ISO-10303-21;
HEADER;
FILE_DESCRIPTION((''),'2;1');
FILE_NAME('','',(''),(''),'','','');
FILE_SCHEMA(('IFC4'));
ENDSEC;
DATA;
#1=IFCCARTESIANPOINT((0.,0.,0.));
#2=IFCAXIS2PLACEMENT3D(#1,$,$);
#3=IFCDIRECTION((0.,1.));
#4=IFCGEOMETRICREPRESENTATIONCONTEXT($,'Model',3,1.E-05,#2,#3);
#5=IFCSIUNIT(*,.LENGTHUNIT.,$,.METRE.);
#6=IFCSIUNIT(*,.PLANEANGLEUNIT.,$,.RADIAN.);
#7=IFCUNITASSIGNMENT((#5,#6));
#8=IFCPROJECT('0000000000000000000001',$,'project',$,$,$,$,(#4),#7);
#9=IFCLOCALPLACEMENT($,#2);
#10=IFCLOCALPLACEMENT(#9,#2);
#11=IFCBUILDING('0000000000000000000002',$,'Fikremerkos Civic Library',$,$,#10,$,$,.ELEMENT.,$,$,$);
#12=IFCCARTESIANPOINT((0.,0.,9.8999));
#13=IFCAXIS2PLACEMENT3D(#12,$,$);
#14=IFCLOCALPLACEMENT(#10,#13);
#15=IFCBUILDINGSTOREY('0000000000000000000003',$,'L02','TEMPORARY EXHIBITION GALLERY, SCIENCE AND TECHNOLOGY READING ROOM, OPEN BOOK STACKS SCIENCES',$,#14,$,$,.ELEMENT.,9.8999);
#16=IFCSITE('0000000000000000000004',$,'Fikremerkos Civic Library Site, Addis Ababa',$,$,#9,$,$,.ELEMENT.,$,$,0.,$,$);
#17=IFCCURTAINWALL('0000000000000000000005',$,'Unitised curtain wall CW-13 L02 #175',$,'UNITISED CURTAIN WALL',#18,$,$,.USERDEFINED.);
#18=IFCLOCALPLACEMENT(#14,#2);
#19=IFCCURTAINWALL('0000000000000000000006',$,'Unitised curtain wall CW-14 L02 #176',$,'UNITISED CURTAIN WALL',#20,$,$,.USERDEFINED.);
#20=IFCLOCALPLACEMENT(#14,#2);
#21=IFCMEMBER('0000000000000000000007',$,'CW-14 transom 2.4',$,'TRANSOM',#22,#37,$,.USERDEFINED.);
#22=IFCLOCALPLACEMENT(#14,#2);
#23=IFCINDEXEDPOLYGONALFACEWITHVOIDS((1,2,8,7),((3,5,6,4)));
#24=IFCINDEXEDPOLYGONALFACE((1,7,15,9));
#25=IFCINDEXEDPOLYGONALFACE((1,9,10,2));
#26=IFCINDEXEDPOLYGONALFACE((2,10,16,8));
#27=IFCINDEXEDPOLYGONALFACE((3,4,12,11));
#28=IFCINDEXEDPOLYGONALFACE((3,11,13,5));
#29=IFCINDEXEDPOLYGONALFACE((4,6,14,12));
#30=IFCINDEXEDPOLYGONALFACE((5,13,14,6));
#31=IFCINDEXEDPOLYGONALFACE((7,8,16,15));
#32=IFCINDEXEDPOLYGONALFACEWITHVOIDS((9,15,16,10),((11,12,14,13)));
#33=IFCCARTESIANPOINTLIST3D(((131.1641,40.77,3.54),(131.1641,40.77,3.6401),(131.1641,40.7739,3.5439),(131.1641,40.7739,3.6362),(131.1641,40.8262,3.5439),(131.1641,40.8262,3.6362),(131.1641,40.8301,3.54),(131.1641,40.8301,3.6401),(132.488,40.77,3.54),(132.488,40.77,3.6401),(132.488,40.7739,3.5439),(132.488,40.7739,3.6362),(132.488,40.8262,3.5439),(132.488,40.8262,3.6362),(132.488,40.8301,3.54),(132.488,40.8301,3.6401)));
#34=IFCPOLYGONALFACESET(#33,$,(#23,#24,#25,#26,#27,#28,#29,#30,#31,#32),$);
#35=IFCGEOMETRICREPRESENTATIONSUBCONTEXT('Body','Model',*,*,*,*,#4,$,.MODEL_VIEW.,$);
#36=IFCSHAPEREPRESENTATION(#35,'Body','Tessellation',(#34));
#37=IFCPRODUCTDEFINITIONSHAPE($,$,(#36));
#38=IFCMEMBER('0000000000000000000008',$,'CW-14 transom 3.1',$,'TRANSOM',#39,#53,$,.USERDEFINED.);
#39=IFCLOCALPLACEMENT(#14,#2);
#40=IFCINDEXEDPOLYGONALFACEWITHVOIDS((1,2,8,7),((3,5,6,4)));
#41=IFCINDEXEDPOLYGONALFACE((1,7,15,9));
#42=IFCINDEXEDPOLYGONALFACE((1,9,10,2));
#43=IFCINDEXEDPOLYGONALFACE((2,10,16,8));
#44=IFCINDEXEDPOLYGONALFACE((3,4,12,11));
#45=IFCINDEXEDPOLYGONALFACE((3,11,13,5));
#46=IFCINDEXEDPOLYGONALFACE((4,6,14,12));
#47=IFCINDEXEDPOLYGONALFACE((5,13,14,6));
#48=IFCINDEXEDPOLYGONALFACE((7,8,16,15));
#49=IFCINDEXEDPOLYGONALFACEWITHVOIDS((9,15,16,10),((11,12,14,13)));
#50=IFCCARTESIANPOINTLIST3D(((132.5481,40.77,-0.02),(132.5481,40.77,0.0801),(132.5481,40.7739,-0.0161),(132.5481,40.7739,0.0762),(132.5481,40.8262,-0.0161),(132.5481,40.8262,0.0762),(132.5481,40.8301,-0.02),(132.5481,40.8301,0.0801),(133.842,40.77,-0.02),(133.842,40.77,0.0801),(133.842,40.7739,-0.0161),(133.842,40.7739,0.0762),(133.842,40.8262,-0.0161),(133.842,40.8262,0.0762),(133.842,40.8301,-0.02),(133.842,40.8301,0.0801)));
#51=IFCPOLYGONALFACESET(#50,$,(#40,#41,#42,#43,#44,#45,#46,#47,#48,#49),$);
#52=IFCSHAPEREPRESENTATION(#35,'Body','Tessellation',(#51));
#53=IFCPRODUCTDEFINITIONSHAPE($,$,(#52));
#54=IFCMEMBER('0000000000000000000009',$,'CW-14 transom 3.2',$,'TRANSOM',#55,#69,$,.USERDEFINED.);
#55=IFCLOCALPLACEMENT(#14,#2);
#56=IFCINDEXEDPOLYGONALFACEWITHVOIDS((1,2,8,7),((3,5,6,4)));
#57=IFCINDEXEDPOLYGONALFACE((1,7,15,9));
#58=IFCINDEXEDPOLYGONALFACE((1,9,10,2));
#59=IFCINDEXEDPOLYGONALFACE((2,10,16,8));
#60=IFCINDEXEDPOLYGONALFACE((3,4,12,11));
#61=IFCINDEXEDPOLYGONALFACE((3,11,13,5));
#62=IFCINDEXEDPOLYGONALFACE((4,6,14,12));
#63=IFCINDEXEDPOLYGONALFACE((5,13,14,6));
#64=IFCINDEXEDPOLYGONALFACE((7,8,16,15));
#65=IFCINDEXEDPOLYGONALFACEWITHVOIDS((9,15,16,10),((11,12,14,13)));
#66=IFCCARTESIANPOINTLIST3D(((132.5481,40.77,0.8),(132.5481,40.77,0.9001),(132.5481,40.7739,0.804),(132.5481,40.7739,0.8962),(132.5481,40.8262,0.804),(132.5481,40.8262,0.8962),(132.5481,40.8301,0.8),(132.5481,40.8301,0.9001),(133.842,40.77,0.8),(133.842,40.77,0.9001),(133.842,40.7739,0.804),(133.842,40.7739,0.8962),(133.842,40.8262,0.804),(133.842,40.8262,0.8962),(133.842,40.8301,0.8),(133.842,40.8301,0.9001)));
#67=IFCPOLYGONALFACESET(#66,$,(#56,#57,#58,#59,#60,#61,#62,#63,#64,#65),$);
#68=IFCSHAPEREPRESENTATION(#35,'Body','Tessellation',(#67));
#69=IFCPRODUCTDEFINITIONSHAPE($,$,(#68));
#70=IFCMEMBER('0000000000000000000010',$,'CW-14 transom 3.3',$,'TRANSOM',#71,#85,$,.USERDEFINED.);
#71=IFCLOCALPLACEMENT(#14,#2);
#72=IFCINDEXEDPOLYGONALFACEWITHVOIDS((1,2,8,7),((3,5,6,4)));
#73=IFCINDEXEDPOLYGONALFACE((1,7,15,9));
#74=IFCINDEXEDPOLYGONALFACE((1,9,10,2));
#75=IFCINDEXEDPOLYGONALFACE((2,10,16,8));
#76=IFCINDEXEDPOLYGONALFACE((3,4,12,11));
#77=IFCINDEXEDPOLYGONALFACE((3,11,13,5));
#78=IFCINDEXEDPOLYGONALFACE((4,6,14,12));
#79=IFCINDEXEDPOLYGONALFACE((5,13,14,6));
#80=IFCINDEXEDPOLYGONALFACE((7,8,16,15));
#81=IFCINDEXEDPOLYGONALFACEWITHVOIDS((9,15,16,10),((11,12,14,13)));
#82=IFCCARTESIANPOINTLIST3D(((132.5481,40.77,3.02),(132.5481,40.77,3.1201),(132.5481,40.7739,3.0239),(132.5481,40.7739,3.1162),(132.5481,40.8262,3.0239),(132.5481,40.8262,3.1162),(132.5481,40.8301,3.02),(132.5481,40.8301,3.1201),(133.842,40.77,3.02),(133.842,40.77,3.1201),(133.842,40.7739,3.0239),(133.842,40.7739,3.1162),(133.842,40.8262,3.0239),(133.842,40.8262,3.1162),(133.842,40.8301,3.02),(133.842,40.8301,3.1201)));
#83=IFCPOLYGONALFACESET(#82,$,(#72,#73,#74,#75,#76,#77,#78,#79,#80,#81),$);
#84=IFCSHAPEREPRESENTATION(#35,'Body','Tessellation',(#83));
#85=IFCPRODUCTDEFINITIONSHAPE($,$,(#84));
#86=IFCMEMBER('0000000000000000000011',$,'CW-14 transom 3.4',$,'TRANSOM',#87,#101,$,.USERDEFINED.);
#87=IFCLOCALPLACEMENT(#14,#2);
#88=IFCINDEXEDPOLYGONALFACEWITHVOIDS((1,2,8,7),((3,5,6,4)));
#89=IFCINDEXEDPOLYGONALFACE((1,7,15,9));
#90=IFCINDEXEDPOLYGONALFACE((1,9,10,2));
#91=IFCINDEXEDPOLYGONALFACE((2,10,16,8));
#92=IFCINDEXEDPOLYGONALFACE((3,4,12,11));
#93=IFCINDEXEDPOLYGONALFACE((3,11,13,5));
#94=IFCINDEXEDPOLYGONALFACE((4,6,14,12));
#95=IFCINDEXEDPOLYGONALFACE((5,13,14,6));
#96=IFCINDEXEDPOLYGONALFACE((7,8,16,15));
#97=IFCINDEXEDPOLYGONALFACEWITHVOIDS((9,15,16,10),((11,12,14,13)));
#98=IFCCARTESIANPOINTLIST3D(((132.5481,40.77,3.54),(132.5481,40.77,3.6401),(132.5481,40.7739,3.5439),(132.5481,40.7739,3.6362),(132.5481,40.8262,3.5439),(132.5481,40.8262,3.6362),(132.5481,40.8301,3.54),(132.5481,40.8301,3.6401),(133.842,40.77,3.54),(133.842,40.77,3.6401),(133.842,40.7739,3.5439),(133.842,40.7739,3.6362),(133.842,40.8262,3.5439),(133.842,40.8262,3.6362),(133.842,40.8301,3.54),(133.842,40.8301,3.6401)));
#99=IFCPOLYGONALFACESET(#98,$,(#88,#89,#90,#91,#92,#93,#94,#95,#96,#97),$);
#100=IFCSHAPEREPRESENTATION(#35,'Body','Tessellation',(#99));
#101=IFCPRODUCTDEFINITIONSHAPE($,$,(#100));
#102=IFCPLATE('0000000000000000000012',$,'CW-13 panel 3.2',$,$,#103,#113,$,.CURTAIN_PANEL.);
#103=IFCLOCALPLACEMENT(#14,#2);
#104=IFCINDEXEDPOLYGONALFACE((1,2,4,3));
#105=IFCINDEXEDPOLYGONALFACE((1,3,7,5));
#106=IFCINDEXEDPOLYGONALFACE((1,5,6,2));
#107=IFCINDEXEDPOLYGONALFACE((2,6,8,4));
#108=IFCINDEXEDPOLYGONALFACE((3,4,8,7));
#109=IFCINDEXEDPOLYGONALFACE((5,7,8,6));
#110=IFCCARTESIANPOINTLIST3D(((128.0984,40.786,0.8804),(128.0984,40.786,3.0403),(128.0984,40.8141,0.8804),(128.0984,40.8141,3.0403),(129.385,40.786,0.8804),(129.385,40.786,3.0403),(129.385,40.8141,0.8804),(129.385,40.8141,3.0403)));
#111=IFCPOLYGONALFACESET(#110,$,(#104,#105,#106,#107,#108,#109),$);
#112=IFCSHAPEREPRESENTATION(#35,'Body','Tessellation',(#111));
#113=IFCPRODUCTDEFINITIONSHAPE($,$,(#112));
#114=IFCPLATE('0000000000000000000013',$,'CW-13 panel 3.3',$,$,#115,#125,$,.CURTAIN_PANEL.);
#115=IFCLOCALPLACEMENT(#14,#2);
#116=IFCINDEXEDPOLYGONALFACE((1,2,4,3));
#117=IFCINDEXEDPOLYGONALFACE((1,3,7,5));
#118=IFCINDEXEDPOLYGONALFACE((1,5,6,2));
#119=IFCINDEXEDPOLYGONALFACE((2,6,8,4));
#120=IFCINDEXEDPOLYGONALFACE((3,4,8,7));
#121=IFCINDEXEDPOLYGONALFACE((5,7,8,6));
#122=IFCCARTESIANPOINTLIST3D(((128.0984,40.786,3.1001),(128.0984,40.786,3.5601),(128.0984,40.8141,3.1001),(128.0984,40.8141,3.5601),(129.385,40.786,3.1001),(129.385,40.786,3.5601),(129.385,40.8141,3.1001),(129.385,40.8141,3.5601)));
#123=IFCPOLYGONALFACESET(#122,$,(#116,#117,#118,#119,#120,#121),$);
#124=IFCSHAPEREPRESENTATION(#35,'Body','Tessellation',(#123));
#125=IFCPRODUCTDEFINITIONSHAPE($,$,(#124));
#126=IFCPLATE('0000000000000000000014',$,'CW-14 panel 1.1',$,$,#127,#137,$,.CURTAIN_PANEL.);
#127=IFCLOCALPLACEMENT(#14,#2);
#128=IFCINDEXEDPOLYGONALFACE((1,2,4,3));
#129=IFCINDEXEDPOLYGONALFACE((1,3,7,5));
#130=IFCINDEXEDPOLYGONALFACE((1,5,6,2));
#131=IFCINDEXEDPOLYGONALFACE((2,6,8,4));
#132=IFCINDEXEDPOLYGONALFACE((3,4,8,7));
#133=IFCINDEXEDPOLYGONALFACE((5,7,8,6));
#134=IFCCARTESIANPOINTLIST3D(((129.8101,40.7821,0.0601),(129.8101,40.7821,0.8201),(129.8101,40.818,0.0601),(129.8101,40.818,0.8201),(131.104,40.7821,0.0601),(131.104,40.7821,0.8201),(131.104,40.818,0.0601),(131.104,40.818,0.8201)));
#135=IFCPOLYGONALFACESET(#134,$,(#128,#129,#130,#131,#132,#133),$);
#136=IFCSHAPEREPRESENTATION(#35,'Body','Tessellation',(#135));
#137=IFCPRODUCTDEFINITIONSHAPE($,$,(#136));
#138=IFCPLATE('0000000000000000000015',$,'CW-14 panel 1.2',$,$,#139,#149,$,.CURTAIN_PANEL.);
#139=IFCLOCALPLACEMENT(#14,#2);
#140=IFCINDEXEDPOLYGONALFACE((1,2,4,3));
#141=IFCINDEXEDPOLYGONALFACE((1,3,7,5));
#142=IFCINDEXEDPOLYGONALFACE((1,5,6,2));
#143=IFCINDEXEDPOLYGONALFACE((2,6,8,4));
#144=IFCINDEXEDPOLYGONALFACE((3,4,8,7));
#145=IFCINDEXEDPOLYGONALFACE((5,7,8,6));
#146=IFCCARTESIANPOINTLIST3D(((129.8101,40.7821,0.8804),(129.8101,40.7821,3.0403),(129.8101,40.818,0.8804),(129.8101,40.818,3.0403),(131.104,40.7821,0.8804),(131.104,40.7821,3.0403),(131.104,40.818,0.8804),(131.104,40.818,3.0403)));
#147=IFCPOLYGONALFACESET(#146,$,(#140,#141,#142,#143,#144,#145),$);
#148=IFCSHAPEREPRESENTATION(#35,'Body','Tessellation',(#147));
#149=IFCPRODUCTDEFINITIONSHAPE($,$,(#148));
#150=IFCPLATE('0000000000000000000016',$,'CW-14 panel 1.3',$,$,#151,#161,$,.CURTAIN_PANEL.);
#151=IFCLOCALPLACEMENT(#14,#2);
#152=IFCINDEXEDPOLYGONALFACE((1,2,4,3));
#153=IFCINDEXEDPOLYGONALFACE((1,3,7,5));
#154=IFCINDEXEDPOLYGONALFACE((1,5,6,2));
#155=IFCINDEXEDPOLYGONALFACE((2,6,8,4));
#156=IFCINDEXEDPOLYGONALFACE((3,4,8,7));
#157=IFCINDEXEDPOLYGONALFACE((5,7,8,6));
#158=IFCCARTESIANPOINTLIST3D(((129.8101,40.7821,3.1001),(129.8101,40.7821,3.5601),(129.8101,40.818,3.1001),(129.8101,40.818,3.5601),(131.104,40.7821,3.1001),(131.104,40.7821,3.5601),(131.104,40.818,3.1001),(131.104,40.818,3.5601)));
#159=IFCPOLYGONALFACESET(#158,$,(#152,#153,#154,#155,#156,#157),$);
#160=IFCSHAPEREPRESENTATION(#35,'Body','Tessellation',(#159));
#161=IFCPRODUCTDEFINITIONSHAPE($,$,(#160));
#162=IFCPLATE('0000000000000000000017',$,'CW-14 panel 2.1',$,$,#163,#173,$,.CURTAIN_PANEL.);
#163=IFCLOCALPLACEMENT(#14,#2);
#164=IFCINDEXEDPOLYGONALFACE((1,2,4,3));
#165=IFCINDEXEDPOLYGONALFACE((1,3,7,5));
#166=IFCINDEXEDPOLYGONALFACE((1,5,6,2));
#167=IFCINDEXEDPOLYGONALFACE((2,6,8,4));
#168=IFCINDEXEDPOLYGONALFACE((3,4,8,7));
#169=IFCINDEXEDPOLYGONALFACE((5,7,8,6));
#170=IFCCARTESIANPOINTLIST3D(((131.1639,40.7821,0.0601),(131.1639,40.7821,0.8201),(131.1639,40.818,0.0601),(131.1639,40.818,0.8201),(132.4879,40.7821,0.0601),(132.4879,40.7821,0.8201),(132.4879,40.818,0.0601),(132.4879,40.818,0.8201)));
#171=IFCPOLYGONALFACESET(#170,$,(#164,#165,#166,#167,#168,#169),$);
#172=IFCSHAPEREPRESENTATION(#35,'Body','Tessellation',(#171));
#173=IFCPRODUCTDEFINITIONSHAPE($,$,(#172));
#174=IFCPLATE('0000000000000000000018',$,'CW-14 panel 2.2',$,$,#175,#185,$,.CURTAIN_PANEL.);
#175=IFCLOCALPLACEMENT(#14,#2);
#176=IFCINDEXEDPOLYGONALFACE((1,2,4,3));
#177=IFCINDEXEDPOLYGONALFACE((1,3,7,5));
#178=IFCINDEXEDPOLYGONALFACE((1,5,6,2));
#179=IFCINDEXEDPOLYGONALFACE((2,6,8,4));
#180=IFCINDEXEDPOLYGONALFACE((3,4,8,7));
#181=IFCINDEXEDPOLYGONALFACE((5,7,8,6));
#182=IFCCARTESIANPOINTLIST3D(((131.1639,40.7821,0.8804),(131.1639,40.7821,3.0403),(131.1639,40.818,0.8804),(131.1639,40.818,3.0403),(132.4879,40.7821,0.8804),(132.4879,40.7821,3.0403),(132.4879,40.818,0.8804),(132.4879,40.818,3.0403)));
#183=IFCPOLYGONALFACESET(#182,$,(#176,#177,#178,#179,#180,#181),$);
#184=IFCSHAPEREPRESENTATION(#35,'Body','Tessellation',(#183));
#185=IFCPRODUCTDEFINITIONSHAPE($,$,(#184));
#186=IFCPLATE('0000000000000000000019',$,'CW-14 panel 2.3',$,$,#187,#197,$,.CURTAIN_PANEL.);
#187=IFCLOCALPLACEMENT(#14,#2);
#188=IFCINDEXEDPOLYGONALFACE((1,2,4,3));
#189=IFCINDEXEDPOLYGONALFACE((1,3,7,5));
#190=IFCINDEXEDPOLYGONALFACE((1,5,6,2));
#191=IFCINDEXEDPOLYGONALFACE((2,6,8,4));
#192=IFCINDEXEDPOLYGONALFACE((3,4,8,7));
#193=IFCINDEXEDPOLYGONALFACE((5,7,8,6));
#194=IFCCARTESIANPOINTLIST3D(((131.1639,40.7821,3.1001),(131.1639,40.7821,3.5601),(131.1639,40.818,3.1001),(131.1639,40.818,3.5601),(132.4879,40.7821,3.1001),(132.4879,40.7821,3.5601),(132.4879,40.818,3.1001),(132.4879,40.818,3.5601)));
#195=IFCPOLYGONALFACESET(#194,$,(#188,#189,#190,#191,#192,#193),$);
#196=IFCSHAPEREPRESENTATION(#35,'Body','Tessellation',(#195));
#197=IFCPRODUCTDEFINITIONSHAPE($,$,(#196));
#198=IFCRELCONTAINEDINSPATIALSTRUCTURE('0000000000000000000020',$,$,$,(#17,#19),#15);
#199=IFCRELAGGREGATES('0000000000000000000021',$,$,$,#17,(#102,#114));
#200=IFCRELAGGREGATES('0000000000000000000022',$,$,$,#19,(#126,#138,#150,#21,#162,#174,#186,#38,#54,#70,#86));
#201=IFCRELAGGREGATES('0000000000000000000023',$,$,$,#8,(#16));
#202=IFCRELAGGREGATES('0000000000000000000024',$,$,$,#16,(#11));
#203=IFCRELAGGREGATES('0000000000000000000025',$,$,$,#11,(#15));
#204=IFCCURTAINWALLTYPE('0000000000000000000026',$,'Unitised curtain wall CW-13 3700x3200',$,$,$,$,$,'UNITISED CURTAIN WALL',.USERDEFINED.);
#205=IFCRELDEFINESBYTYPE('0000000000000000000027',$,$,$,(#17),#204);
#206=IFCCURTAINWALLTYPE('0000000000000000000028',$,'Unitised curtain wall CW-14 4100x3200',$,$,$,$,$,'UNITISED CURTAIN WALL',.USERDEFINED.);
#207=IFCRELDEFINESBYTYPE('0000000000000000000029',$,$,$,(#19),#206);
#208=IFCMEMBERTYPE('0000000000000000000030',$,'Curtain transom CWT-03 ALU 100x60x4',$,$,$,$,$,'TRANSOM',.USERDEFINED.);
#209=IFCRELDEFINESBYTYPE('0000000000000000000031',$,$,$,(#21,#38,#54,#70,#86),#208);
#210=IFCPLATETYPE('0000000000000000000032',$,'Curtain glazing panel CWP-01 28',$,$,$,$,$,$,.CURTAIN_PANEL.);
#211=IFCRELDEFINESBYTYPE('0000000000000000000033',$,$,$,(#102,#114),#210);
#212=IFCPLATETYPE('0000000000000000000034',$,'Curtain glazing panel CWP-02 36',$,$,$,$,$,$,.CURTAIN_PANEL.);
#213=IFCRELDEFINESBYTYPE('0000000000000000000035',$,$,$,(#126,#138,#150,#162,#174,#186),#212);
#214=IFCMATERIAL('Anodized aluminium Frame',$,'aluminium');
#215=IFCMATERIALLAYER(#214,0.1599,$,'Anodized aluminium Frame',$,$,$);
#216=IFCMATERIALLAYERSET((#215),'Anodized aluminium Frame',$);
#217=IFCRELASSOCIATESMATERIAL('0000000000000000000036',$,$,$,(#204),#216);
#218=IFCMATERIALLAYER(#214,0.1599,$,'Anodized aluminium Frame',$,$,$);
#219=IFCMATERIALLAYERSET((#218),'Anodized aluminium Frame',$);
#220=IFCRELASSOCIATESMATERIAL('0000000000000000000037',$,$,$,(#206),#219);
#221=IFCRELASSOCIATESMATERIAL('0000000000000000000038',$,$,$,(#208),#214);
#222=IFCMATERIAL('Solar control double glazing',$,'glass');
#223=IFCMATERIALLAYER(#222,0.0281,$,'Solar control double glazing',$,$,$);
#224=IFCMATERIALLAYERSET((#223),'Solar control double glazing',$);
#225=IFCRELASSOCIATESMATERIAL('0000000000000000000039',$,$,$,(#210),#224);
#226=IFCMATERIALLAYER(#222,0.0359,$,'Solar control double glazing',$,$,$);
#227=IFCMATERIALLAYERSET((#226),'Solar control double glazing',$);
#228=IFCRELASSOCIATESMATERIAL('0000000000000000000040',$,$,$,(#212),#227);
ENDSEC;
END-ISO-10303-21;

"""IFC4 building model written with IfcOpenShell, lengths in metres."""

from ifc_helpers import new_model, si_unit, direction, frame, origin, origin_2d, place, context, subcontext, project, spatial, rectangle, hollow_rectangle, extrude, material, layer, layer_set, material_profile, profile_set, type_object, element, aggregate, save


model = new_model("IFC4")

# Units and contexts
model_context = context("Model", 3, precision=1e-05, world=origin(), true_north=direction((0.0, 1.0)))
body_context = subcontext(model_context, "Body", "Model", "MODEL_VIEW")
ifc_project = project(units=[si_unit("LENGTHUNIT", "METRE"), si_unit("PLANEANGLEUNIT", "RADIAN")], contexts=[model_context])

# Site, building, storey
site_placement = place(None, origin())
site = spatial("IfcSite", under=ifc_project, at=site_placement, Name="Fikremerkos Civic Library Site, Addis Ababa", CompositionType="ELEMENT", RefElevation=0.0)
building_placement = place(site_placement, origin())
building = spatial("IfcBuilding", under=site, at=building_placement, Name="Fikremerkos Civic Library", CompositionType="ELEMENT")
storey_placement = place(building_placement, frame((0.0, 0.0, 9.8999)))
storey = spatial("IfcBuildingStorey", under=building, at=storey_placement, Name="L02", Description="TEMPORARY EXHIBITION GALLERY, SCIENCE AND TECHNOLOGY READING ROOM, OPEN BOOK STACKS SCIENCES", CompositionType="ELEMENT", Elevation=9.8999)

# Curtain wall
ifc_material_1 = material(Name="Anodized aluminium Frame", Category="aluminium")
ifc_layer_1 = layer(ifc_material_1, 0.1599, Name="Anodized aluminium Frame")
ifc_layer_set_1 = layer_set([ifc_layer_1], Name="Anodized aluminium Frame")
curtain_wall_type_1 = type_object("IfcCurtainWallType", Name="Unitised curtain wall CW-13 3700x3200", ElementType="UNITISED CURTAIN WALL", PredefinedType="USERDEFINED", material=ifc_layer_set_1)
curtain_wall_1_placement = place(storey_placement, origin())
curtain_wall_1 = element("IfcCurtainWall", 1, at=curtain_wall_1_placement, inside=storey, type_object=curtain_wall_type_1, Name="Unitised curtain wall CW-13 L02 #175", ObjectType="UNITISED CURTAIN WALL", PredefinedType="USERDEFINED")

# Curtain wall, members
ifc_layer_2 = layer(ifc_material_1, 0.1599, Name="Anodized aluminium Frame")
ifc_layer_set_2 = layer_set([ifc_layer_2], Name="Anodized aluminium Frame")
curtain_wall_type_2 = type_object("IfcCurtainWallType", Name="Unitised curtain wall CW-14 4100x3200", ElementType="UNITISED CURTAIN WALL", PredefinedType="USERDEFINED", material=ifc_layer_set_2)
curtain_wall_2_placement = place(storey_placement, origin())
curtain_wall_2 = element("IfcCurtainWall", 2, at=curtain_wall_2_placement, inside=storey, type_object=curtain_wall_type_2, Name="Unitised curtain wall CW-14 L02 #176", ObjectType="UNITISED CURTAIN WALL", PredefinedType="USERDEFINED")
ifc_material_profile_1 = material_profile(ifc_material_1, hollow_rectangle(XDim=0.0601, YDim=0.1001, WallThickness=0.0039, at=origin_2d()), Name="ALU 100x60x4")
ifc_profile_set_1 = profile_set([ifc_material_profile_1], Name="Anodized aluminium Frame")
member_type_1 = type_object("IfcMemberType", Name="Curtain transom CWT-03 ALU 100x60x4", ElementType="TRANSOM", PredefinedType="USERDEFINED", material=ifc_profile_set_1)
member_1_placement = place(storey_placement, frame((131.1641, 40.8, 3.5901), z_axis=(1.0, 0.0, 0.0), x_axis=(0.0, 1.0, 0.0)))
member_1 = element("IfcMember", 3, at=member_1_placement, type_object=member_type_1, Name="CW-14 transom 2.4", ObjectType="TRANSOM", PredefinedType="USERDEFINED", context=body_context, shape_type="SweptSolid", body=[
    extrude(hollow_rectangle(XDim=0.0601, YDim=0.1001, WallThickness=0.0039, at=origin_2d()), origin(), (0.0, 0.0, 1.0), 1.324),
])
member_2_placement = place(storey_placement, frame((132.5481, 40.8, 0.03), z_axis=(1.0, 0.0, 0.0), x_axis=(0.0, 1.0, 0.0)))
member_2 = element("IfcMember", 4, at=member_2_placement, type_object=member_type_1, Name="CW-14 transom 3.1", ObjectType="TRANSOM", PredefinedType="USERDEFINED", context=body_context, shape_type="SweptSolid", body=[
    extrude(hollow_rectangle(XDim=0.0601, YDim=0.1001, WallThickness=0.0039, at=origin_2d()), origin(), (0.0, 0.0, 1.0), 1.2939),
])
member_3_placement = place(storey_placement, frame((132.5481, 40.8, 0.8501), z_axis=(1.0, 0.0, 0.0), x_axis=(0.0, 1.0, 0.0)))
member_3 = element("IfcMember", 5, at=member_3_placement, type_object=member_type_1, Name="CW-14 transom 3.2", ObjectType="TRANSOM", PredefinedType="USERDEFINED", context=body_context, shape_type="SweptSolid", body=[
    extrude(hollow_rectangle(XDim=0.0601, YDim=0.1001, WallThickness=0.0039, at=origin_2d()), origin(), (0.0, 0.0, 1.0), 1.2939),
])
member_4_placement = place(storey_placement, frame((132.5481, 40.8, 3.0701), z_axis=(1.0, 0.0, 0.0), x_axis=(0.0, 1.0, 0.0)))
member_4 = element("IfcMember", 6, at=member_4_placement, type_object=member_type_1, Name="CW-14 transom 3.3", ObjectType="TRANSOM", PredefinedType="USERDEFINED", context=body_context, shape_type="SweptSolid", body=[
    extrude(hollow_rectangle(XDim=0.0601, YDim=0.1001, WallThickness=0.0039, at=origin_2d()), origin(), (0.0, 0.0, 1.0), 1.2939),
])
member_5_placement = place(storey_placement, frame((132.5481, 40.8, 3.5901), z_axis=(1.0, 0.0, 0.0), x_axis=(0.0, 1.0, 0.0)))
member_5 = element("IfcMember", 7, at=member_5_placement, type_object=member_type_1, Name="CW-14 transom 3.4", ObjectType="TRANSOM", PredefinedType="USERDEFINED", context=body_context, shape_type="SweptSolid", body=[
    extrude(hollow_rectangle(XDim=0.0601, YDim=0.1001, WallThickness=0.0039, at=origin_2d()), origin(), (0.0, 0.0, 1.0), 1.2939),
])

# Plates
ifc_material_2 = material(Name="Solar control double glazing", Category="glass")
ifc_layer_3 = layer(ifc_material_2, 0.0281, Name="Solar control double glazing")
ifc_layer_set_3 = layer_set([ifc_layer_3], Name="Solar control double glazing")
plate_type_1 = type_object("IfcPlateType", Name="Curtain glazing panel CWP-01 28", PredefinedType="CURTAIN_PANEL", material=ifc_layer_set_3)
plate_1_placement = place(storey_placement, frame((128.7417, 40.8, 0.8804), z_axis=(0.0, 0.0, 1.0), x_axis=(1.0, 0.0, 0.0)))
plate_1 = element("IfcPlate", 8, at=plate_1_placement, type_object=plate_type_1, Name="CW-13 panel 3.2", PredefinedType="CURTAIN_PANEL", context=body_context, shape_type="SweptSolid", body=[
    extrude(rectangle(XDim=1.2866, YDim=0.0281, at=origin_2d()), origin(), (0.0, 0.0, 1.0), 2.1599),
])
plate_2_placement = place(storey_placement, frame((128.7417, 40.8, 3.1001), z_axis=(0.0, 0.0, 1.0), x_axis=(1.0, 0.0, 0.0)))
plate_2 = element("IfcPlate", 9, at=plate_2_placement, type_object=plate_type_1, Name="CW-13 panel 3.3", PredefinedType="CURTAIN_PANEL", context=body_context, shape_type="SweptSolid", body=[
    extrude(rectangle(XDim=1.2866, YDim=0.0281, at=origin_2d()), origin(), (0.0, 0.0, 1.0), 0.46),
])
aggregate(curtain_wall_1, [plate_1, plate_2])
ifc_layer_4 = layer(ifc_material_2, 0.0359, Name="Solar control double glazing")
ifc_layer_set_4 = layer_set([ifc_layer_4], Name="Solar control double glazing")
plate_type_2 = type_object("IfcPlateType", Name="Curtain glazing panel CWP-02 36", PredefinedType="CURTAIN_PANEL", material=ifc_layer_set_4)
plate_3_placement = place(storey_placement, frame((130.457, 40.8, 0.0601), z_axis=(0.0, 0.0, 1.0), x_axis=(1.0, 0.0, 0.0)))
plate_3 = element("IfcPlate", 10, at=plate_3_placement, type_object=plate_type_2, Name="CW-14 panel 1.1", PredefinedType="CURTAIN_PANEL", context=body_context, shape_type="SweptSolid", body=[
    extrude(rectangle(XDim=1.2939, YDim=0.0359, at=origin_2d()), origin(), (0.0, 0.0, 1.0), 0.76),
])
plate_4_placement = place(storey_placement, frame((130.457, 40.8, 0.8804), z_axis=(0.0, 0.0, 1.0), x_axis=(1.0, 0.0, 0.0)))
plate_4 = element("IfcPlate", 11, at=plate_4_placement, type_object=plate_type_2, Name="CW-14 panel 1.2", PredefinedType="CURTAIN_PANEL", context=body_context, shape_type="SweptSolid", body=[
    extrude(rectangle(XDim=1.2939, YDim=0.0359, at=origin_2d()), origin(), (0.0, 0.0, 1.0), 2.1599),
])
plate_5_placement = place(storey_placement, frame((130.457, 40.8, 3.1001), z_axis=(0.0, 0.0, 1.0), x_axis=(1.0, 0.0, 0.0)))
plate_5 = element("IfcPlate", 12, at=plate_5_placement, type_object=plate_type_2, Name="CW-14 panel 1.3", PredefinedType="CURTAIN_PANEL", context=body_context, shape_type="SweptSolid", body=[
    extrude(rectangle(XDim=1.2939, YDim=0.0359, at=origin_2d()), origin(), (0.0, 0.0, 1.0), 0.46),
])
plate_6_placement = place(storey_placement, frame((131.8259, 40.8, 0.0601), z_axis=(0.0, 0.0, 1.0), x_axis=(1.0, 0.0, 0.0)))
plate_6 = element("IfcPlate", 13, at=plate_6_placement, type_object=plate_type_2, Name="CW-14 panel 2.1", PredefinedType="CURTAIN_PANEL", context=body_context, shape_type="SweptSolid", body=[
    extrude(rectangle(XDim=1.324, YDim=0.0359, at=origin_2d()), origin(), (0.0, 0.0, 1.0), 0.76),
])
plate_7_placement = place(storey_placement, frame((131.8259, 40.8, 0.8804), z_axis=(0.0, 0.0, 1.0), x_axis=(1.0, 0.0, 0.0)))
plate_7 = element("IfcPlate", 14, at=plate_7_placement, type_object=plate_type_2, Name="CW-14 panel 2.2", PredefinedType="CURTAIN_PANEL", context=body_context, shape_type="SweptSolid", body=[
    extrude(rectangle(XDim=1.324, YDim=0.0359, at=origin_2d()), origin(), (0.0, 0.0, 1.0), 2.1599),
])
plate_8_placement = place(storey_placement, frame((131.8259, 40.8, 3.1001), z_axis=(0.0, 0.0, 1.0), x_axis=(1.0, 0.0, 0.0)))
plate_8 = element("IfcPlate", 15, at=plate_8_placement, type_object=plate_type_2, Name="CW-14 panel 2.3", PredefinedType="CURTAIN_PANEL", context=body_context, shape_type="SweptSolid", body=[
    extrude(rectangle(XDim=1.324, YDim=0.0359, at=origin_2d()), origin(), (0.0, 0.0, 1.0), 0.46),
])
aggregate(curtain_wall_2, [plate_3, plate_4, plate_5, member_1, plate_6, plate_7, plate_8, member_2, member_3, member_4, member_5])

save(model, "model.ifc")
